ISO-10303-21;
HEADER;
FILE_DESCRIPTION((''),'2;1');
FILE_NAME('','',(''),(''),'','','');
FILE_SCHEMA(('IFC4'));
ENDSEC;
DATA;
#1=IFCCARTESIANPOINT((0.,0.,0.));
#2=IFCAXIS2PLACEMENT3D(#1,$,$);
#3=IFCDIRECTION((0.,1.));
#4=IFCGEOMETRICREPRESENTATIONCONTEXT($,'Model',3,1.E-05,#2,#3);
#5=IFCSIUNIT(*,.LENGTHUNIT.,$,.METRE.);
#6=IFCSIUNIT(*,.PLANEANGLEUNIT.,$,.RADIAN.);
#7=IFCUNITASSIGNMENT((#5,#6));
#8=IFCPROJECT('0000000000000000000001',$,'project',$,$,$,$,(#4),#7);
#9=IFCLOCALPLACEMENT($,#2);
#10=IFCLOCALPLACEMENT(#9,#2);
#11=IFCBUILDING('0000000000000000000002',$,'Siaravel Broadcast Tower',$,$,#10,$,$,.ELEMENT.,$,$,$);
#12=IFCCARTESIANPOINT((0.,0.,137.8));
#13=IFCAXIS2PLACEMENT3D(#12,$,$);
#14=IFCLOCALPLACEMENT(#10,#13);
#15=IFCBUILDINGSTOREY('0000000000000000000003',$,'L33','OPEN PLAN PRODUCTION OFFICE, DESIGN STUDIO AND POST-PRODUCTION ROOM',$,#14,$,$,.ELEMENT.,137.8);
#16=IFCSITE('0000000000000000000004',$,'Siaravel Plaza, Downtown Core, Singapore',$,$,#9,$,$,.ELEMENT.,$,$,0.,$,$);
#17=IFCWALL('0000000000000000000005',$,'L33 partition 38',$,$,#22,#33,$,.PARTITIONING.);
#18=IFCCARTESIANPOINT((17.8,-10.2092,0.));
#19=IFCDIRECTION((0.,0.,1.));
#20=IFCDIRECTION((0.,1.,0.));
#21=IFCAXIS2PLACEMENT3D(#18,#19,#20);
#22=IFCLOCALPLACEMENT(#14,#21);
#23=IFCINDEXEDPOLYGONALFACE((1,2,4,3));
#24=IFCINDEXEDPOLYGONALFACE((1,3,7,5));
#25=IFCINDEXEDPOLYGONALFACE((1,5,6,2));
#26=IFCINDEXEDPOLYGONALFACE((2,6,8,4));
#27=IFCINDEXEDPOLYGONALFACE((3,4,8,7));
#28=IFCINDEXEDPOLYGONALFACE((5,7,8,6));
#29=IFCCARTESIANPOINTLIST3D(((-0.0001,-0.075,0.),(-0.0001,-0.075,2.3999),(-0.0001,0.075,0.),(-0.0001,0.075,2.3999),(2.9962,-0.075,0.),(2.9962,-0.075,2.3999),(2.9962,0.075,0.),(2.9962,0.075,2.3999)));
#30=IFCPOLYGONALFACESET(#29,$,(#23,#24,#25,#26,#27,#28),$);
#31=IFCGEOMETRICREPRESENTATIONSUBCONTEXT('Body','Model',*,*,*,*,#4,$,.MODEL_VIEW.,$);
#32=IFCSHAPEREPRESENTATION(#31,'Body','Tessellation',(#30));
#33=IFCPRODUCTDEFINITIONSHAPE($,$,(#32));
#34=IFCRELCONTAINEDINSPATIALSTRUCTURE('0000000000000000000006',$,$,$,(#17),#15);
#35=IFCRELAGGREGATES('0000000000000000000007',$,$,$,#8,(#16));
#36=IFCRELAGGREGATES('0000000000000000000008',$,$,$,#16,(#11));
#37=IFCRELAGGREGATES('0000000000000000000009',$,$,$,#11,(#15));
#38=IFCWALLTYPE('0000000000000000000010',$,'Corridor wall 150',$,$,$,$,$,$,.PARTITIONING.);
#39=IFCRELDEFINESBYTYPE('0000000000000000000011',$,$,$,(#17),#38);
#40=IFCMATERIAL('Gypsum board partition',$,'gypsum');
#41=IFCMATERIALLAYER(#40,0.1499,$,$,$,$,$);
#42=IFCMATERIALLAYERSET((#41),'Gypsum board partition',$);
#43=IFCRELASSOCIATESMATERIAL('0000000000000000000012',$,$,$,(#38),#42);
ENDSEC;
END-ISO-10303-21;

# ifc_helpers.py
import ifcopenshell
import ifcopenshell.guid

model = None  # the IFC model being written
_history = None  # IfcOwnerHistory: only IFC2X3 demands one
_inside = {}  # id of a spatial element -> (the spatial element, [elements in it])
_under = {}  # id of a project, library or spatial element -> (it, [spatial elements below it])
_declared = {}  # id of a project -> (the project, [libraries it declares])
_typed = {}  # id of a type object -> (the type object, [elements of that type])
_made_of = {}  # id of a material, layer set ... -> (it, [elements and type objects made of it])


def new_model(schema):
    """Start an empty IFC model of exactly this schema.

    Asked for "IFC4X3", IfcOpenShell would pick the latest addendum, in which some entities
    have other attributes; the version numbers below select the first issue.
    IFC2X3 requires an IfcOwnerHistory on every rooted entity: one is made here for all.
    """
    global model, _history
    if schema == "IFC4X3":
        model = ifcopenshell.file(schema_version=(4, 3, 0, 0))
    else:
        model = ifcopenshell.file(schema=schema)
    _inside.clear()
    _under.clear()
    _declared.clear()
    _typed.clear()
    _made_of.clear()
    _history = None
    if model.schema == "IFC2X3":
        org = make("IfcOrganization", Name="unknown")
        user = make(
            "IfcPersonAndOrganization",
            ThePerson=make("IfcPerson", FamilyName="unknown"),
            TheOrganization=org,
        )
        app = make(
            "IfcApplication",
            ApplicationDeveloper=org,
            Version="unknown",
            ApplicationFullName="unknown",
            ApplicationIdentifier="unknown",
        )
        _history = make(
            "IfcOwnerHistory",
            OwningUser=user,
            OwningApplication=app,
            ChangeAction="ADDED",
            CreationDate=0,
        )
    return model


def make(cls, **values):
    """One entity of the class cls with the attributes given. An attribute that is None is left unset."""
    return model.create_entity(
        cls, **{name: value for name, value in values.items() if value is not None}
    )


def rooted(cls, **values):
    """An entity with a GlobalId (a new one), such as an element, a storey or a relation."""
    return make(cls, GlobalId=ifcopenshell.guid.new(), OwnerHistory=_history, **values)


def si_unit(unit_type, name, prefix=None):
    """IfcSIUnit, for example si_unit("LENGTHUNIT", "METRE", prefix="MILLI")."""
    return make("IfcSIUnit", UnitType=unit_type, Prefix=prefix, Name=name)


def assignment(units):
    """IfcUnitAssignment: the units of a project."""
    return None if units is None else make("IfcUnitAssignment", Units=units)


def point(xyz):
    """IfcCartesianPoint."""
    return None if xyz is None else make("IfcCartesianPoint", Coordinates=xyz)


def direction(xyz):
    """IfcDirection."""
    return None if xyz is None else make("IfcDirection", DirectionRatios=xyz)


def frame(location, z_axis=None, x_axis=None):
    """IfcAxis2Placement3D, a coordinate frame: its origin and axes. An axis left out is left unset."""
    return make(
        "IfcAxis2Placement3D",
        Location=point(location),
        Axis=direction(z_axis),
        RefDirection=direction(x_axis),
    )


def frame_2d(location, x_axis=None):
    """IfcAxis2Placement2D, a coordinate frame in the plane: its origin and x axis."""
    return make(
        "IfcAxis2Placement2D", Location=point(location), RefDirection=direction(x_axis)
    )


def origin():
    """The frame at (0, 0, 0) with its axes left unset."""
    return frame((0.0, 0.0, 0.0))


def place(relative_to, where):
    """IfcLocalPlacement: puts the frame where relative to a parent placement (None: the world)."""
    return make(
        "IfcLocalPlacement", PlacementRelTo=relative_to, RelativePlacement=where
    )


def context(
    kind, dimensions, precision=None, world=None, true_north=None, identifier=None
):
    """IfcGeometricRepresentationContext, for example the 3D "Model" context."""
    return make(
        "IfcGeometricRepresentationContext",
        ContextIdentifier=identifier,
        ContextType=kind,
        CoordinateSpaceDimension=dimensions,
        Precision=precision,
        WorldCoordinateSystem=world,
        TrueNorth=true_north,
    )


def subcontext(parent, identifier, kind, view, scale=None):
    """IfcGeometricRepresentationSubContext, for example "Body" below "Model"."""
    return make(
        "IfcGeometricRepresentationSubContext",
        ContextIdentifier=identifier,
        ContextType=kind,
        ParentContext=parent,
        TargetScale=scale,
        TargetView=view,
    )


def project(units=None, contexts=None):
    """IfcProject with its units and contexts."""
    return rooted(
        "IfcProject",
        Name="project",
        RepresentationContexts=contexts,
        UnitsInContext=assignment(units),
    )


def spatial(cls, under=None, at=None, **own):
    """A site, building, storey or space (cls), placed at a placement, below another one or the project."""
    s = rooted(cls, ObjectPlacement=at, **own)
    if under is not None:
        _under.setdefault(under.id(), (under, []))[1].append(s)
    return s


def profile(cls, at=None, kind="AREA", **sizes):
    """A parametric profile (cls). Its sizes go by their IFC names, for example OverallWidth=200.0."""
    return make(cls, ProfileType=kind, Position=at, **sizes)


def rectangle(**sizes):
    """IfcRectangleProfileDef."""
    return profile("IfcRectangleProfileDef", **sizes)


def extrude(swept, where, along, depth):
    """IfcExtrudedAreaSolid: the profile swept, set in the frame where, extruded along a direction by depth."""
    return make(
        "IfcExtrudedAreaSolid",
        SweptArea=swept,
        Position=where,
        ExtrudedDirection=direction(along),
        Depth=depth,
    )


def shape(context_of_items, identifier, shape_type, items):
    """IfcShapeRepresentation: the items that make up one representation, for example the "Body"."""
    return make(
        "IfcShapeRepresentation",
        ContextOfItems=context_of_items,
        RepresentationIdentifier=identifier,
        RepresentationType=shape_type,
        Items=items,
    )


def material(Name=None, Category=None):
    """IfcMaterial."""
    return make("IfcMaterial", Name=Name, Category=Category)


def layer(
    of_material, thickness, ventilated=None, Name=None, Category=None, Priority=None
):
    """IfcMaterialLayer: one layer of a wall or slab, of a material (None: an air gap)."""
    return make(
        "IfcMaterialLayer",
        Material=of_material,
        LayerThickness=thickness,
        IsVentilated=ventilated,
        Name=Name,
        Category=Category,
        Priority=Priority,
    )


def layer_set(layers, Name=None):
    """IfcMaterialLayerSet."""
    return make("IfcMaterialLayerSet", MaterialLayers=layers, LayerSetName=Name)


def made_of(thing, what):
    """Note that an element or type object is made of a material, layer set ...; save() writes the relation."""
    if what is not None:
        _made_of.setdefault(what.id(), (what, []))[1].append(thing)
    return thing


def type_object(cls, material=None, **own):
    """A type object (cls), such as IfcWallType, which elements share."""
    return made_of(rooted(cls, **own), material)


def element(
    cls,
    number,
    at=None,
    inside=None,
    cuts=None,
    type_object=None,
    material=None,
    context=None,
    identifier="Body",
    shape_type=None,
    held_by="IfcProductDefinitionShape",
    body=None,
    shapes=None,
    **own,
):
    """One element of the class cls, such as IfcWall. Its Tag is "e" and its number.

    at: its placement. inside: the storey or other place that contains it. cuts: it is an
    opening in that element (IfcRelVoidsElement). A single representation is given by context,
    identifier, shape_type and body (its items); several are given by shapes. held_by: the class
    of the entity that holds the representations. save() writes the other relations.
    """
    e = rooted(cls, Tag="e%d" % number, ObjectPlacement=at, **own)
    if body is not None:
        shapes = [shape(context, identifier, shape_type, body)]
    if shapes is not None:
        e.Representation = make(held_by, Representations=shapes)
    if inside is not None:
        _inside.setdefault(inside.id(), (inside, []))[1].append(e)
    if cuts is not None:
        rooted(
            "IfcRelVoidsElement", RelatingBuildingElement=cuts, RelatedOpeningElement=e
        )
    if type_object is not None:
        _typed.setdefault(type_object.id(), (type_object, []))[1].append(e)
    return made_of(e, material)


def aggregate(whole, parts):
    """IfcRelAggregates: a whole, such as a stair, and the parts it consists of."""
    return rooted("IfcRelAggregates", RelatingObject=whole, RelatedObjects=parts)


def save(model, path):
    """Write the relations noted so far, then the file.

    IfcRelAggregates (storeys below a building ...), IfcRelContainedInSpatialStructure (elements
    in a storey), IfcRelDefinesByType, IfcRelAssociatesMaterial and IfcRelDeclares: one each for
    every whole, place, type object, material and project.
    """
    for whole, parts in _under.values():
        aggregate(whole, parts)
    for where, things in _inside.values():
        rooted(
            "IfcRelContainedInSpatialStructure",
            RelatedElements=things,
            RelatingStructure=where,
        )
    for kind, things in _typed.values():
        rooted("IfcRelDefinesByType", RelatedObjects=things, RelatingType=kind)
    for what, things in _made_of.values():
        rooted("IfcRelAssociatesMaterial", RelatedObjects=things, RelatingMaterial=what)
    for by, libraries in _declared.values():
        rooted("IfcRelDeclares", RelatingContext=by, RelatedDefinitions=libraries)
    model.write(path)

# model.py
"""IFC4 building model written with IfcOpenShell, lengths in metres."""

from ifc_helpers import new_model, si_unit, direction, frame, frame_2d, origin, place, context, subcontext, project, spatial, rectangle, extrude, material, layer, layer_set, type_object, element, save


model = new_model("IFC4")

# Units and contexts
model_context = context("Model", 3, precision=1e-05, world=origin(), true_north=direction((0.0, 1.0)))
body_context = subcontext(model_context, "Body", "Model", "MODEL_VIEW")
ifc_project = project(units=[si_unit("LENGTHUNIT", "METRE"), si_unit("PLANEANGLEUNIT", "RADIAN")], contexts=[model_context])

# Site, building, storey
site_placement = place(None, origin())
site = spatial("IfcSite", under=ifc_project, at=site_placement, Name="Siaravel Plaza, Downtown Core, Singapore", CompositionType="ELEMENT", RefElevation=0.0)
building_placement = place(site_placement, origin())
building = spatial("IfcBuilding", under=site, at=building_placement, Name="Siaravel Broadcast Tower", CompositionType="ELEMENT")
storey_placement = place(building_placement, frame((0.0, 0.0, 137.8)))
storey = spatial("IfcBuildingStorey", under=building, at=storey_placement, Name="L33", Description="OPEN PLAN PRODUCTION OFFICE, DESIGN STUDIO AND POST-PRODUCTION ROOM", CompositionType="ELEMENT", Elevation=137.8)

# Wall
ifc_material_1 = material(Name="Gypsum board partition", Category="gypsum")
ifc_layer_1 = layer(ifc_material_1, 0.1499)
ifc_layer_set_1 = layer_set([ifc_layer_1], Name="Gypsum board partition")
wall_type_1 = type_object("IfcWallType", Name="Corridor wall 150", PredefinedType="PARTITIONING", material=ifc_layer_set_1)
wall_1_placement = place(storey_placement, frame((17.8, -10.2092, 0.0), z_axis=(0.0, 0.0, 1.0), x_axis=(0.0, 1.0, 0.0)))
element("IfcWall", 1, at=wall_1_placement, inside=storey, type_object=wall_type_1, Name="L33 partition 38", PredefinedType="PARTITIONING", context=body_context, shape_type="SweptSolid", body=[
    extrude(rectangle(XDim=2.9963, YDim=0.1499, at=frame_2d((1.498, 0.0))), origin(), (0.0, 0.0, 1.0), 2.3999),
])

save(model, "model.ifc")
